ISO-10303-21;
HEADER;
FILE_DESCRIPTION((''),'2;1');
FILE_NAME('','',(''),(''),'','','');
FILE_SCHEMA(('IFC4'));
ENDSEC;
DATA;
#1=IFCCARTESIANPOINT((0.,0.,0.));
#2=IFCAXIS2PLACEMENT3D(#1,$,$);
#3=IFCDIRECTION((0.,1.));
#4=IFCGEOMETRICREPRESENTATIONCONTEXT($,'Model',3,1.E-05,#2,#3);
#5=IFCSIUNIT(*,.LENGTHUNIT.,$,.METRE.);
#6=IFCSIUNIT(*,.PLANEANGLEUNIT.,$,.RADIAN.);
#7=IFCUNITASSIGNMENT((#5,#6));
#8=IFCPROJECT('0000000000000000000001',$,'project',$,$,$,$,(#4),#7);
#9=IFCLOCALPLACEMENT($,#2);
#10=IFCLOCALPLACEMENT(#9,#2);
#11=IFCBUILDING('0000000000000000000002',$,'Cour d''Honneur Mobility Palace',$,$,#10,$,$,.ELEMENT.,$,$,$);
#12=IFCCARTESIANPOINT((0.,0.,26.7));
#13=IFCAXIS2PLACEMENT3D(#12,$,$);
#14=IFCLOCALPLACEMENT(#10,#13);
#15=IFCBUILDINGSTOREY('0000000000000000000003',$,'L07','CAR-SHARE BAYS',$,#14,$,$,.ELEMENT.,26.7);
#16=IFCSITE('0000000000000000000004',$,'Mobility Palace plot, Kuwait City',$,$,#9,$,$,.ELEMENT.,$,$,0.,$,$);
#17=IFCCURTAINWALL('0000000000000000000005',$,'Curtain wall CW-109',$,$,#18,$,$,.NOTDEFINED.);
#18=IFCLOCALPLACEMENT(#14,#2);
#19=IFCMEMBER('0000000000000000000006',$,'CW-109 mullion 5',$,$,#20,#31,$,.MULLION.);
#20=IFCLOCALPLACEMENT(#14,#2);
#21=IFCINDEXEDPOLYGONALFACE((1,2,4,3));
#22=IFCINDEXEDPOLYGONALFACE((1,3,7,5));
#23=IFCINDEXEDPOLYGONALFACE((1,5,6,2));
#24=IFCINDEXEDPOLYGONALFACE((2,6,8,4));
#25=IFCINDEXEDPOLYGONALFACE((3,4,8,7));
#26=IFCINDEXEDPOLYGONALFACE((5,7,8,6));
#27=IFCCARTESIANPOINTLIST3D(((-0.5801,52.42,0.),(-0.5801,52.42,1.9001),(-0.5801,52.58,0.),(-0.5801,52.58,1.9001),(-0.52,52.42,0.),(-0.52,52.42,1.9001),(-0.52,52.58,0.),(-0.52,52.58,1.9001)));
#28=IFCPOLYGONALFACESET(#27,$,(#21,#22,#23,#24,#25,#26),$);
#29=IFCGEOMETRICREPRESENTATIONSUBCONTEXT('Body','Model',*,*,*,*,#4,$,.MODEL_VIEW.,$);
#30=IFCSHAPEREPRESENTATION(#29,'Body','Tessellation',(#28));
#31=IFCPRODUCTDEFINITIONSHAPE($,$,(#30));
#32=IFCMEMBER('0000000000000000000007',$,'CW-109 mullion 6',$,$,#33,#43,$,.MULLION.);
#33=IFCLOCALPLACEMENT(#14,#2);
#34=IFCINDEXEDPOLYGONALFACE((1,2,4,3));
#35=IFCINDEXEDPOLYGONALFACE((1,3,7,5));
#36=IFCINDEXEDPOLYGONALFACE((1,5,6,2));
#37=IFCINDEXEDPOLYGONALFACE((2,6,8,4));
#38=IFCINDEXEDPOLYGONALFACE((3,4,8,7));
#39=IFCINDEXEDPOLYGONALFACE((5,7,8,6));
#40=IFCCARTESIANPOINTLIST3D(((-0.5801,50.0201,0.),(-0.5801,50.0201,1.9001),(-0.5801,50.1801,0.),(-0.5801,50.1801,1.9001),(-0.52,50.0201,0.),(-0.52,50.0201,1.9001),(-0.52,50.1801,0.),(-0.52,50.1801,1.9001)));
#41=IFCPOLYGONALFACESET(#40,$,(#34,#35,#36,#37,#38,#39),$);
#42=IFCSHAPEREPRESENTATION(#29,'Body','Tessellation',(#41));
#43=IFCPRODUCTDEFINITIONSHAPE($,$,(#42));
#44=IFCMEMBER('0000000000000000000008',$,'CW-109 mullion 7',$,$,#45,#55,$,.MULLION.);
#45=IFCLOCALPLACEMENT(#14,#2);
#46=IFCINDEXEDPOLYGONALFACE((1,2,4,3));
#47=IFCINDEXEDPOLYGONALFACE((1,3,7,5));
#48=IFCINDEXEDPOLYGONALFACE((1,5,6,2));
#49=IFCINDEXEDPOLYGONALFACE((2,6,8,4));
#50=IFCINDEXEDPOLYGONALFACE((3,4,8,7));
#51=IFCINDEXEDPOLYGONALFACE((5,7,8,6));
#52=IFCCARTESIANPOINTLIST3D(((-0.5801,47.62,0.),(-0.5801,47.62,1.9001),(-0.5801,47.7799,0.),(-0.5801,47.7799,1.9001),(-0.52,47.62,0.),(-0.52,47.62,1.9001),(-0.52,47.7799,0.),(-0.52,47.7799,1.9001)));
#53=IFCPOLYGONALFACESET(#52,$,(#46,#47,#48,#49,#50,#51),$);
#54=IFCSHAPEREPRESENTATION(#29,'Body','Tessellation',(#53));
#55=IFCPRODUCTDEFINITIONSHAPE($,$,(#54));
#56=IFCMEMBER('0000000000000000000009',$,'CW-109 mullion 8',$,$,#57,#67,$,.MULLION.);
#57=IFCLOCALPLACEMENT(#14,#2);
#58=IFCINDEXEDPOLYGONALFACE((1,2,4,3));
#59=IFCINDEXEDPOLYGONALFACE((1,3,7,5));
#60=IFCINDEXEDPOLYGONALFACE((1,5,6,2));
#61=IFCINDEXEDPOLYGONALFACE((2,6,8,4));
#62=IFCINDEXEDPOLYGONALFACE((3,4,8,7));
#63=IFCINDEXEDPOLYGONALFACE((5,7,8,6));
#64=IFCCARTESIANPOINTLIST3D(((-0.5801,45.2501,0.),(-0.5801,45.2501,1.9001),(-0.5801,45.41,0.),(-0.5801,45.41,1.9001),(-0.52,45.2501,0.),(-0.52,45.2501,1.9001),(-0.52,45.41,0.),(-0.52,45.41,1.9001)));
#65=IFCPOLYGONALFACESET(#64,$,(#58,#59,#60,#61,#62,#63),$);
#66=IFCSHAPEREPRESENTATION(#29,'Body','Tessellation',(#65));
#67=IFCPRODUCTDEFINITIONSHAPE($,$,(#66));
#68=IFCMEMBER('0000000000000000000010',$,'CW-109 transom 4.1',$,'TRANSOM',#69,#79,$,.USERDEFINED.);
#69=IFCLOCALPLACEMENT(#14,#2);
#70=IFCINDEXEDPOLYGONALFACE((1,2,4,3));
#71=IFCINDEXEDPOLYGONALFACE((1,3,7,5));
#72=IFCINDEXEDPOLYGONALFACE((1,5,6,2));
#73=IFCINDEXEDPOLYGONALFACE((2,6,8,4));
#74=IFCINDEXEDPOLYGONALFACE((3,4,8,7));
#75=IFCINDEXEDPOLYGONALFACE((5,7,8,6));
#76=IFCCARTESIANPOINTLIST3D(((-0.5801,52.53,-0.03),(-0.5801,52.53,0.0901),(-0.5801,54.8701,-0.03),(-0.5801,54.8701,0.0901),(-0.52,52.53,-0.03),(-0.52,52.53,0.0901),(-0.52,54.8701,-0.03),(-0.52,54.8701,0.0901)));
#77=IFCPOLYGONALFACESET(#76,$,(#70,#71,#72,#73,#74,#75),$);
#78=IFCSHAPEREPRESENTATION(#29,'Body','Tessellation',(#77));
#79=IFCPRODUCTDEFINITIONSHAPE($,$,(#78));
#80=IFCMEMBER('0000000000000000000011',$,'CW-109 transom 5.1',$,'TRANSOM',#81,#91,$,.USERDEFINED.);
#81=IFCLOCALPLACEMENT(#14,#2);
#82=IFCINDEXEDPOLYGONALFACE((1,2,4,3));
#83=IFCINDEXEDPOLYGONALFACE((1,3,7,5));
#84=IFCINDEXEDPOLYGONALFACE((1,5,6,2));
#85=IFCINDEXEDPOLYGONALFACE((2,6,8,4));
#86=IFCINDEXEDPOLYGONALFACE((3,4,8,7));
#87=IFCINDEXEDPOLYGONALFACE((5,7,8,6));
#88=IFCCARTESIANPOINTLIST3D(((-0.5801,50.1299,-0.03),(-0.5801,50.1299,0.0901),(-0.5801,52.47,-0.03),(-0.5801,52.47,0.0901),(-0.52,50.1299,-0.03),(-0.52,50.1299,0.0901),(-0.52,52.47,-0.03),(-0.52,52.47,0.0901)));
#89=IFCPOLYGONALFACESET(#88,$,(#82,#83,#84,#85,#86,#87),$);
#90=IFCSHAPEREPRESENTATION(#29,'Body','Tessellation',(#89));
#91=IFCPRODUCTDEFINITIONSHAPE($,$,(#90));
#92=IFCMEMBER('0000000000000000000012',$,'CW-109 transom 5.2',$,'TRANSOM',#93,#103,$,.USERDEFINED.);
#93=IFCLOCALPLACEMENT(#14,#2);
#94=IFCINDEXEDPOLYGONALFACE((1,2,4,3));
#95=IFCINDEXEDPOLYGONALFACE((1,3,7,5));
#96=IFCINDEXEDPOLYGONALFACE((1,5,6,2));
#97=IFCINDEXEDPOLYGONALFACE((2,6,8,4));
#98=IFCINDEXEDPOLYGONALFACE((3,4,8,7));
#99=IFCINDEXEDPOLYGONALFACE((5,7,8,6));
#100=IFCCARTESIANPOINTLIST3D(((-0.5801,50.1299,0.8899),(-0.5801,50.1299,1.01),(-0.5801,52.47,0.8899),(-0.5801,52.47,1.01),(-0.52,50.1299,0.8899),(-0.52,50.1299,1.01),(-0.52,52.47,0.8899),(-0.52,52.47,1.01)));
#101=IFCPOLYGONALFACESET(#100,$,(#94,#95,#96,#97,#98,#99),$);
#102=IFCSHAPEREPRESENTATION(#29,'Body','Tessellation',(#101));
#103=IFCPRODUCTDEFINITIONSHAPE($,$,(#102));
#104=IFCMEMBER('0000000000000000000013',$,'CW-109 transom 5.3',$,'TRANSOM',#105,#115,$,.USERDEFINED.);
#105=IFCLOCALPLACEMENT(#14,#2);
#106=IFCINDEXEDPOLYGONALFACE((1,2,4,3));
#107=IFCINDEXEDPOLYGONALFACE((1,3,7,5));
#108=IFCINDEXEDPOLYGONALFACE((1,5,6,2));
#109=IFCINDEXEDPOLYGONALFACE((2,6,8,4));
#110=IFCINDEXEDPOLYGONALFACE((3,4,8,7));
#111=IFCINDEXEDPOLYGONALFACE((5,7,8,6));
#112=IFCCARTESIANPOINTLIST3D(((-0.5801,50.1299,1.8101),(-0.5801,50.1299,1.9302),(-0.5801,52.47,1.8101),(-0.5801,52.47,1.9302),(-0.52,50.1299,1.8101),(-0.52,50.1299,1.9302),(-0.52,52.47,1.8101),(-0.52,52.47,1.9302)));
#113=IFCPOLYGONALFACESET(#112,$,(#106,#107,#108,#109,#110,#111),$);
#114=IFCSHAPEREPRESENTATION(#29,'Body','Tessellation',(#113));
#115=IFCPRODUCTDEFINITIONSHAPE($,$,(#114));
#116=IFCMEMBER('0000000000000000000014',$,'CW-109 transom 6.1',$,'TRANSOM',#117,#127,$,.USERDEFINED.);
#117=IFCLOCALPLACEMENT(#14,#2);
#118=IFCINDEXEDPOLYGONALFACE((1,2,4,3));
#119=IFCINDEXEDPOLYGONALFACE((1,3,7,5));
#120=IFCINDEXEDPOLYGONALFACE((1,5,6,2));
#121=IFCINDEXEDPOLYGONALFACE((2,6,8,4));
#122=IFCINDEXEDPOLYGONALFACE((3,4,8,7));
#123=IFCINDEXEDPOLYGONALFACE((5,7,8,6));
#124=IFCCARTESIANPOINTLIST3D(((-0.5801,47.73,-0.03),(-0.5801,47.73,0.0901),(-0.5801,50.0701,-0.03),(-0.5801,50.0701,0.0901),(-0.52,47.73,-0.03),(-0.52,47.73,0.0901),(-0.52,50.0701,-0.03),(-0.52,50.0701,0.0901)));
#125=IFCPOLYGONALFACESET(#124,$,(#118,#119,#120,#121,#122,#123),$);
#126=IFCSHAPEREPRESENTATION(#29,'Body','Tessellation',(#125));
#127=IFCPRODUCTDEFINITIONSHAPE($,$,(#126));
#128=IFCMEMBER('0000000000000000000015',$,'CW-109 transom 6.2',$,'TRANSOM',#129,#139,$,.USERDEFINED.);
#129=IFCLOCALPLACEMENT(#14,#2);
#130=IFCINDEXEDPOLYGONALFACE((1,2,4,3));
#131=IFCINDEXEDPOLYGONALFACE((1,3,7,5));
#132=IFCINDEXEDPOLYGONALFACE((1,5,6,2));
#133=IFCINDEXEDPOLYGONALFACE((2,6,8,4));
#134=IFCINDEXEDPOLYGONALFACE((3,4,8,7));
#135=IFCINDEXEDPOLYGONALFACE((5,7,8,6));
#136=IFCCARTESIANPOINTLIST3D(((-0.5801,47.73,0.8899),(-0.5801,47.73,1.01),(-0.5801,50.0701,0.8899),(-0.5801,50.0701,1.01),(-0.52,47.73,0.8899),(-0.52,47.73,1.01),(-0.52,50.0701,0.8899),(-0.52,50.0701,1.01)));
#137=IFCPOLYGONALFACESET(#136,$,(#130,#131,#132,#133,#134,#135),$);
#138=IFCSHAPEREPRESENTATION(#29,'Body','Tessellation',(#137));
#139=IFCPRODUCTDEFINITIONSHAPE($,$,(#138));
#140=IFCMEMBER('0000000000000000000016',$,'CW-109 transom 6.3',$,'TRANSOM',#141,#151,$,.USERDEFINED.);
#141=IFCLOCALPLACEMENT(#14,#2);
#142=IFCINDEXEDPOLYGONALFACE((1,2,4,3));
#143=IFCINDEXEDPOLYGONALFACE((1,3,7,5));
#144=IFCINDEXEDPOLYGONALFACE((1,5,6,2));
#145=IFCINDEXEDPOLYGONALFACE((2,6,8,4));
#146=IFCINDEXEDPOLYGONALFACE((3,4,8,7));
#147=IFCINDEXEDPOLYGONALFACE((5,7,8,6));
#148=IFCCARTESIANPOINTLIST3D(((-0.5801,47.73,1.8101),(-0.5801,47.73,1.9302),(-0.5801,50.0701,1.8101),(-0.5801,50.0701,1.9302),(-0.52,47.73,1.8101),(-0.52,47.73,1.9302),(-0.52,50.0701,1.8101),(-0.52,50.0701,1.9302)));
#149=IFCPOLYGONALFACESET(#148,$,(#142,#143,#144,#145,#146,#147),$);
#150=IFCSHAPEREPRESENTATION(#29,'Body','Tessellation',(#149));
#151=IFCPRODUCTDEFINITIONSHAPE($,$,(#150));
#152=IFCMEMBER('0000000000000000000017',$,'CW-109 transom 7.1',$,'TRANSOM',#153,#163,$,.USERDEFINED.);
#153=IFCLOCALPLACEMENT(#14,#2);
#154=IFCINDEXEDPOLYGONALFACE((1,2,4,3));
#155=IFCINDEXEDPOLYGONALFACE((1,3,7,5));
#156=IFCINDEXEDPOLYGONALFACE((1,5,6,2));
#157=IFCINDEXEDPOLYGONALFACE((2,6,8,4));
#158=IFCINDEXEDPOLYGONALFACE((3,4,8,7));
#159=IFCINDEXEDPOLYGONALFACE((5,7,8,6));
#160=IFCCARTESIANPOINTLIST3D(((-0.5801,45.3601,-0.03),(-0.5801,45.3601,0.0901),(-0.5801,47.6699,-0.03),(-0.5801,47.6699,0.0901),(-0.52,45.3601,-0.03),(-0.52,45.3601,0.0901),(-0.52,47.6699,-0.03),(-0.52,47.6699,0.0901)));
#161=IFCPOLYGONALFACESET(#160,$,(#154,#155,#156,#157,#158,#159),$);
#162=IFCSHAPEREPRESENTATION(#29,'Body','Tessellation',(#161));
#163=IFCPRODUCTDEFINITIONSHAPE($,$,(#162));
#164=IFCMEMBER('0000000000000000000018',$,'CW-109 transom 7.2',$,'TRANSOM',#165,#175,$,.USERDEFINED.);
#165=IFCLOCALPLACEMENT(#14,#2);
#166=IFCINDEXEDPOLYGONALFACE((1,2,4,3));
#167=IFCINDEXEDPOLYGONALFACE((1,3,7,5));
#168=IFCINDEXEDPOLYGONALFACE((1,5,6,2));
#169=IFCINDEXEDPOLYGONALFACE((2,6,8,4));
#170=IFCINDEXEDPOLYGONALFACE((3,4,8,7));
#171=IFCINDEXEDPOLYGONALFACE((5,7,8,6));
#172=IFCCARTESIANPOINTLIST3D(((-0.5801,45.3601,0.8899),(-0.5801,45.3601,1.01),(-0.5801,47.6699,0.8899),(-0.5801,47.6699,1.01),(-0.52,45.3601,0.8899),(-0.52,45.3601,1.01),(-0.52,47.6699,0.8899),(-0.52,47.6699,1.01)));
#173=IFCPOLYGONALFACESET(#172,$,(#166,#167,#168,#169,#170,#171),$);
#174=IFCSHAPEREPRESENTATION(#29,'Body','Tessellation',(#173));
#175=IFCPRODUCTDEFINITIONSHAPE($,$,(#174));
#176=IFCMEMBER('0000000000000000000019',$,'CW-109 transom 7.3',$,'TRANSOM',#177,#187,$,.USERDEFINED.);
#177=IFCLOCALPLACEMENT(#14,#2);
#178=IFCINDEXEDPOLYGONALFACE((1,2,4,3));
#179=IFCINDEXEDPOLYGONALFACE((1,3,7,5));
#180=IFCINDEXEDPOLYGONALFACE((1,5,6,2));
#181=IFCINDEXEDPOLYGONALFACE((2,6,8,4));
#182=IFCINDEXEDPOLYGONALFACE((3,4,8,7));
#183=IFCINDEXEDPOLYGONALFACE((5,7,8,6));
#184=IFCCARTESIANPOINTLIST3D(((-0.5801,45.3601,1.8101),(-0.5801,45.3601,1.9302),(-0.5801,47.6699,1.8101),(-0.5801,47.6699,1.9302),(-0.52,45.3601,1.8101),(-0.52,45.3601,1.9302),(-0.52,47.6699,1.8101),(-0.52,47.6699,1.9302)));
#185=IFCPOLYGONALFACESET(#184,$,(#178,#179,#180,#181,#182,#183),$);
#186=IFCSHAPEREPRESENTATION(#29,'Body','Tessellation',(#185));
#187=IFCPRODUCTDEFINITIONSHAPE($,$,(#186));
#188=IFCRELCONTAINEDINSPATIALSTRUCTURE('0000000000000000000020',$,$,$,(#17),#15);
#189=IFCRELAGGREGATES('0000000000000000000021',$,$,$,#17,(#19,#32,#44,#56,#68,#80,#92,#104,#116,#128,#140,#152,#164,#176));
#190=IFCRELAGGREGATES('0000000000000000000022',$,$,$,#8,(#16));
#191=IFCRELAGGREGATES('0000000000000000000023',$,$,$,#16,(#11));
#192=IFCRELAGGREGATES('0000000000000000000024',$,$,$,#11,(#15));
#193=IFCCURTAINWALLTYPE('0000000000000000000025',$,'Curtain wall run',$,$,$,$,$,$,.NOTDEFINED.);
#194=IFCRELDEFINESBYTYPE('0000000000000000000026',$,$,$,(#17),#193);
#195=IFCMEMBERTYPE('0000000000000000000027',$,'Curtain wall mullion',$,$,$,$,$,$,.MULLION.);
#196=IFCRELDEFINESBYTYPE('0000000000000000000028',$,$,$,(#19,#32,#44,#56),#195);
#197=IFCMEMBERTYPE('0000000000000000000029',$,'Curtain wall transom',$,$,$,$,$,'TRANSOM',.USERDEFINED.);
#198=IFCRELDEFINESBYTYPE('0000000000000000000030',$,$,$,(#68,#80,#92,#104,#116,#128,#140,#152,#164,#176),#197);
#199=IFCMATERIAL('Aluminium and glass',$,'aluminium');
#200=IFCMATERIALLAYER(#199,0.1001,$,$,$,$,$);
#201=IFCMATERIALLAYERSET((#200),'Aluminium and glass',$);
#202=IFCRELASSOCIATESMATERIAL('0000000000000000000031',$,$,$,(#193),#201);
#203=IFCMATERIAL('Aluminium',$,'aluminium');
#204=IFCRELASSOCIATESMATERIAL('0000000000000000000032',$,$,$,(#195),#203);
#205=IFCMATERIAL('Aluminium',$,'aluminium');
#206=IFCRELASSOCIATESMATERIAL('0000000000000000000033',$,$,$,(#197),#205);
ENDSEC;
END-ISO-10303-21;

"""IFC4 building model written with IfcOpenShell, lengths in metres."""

from ifc_helpers import new_model, si_unit, direction, frame, origin, origin_2d, place, context, subcontext, project, spatial, rectangle, extrude, material, layer, layer_set, material_profile, profile_set, type_object, element, aggregate, save


model = new_model("IFC4")

# Units and contexts
model_context = context("Model", 3, precision=1e-05, world=origin(), true_north=direction((0.0, 1.0)))
body_context = subcontext(model_context, "Body", "Model", "MODEL_VIEW")
ifc_project = project(units=[si_unit("LENGTHUNIT", "METRE"), si_unit("PLANEANGLEUNIT", "RADIAN")], contexts=[model_context])

# Site, building, storey
site_placement = place(None, origin())
site = spatial("IfcSite", under=ifc_project, at=site_placement, Name="Mobility Palace plot, Kuwait City", CompositionType="ELEMENT", RefElevation=0.0)
building_placement = place(site_placement, origin())
building = spatial("IfcBuilding", under=site, at=building_placement, Name="Cour d'Honneur Mobility Palace", CompositionType="ELEMENT")
storey_placement = place(building_placement, frame((0.0, 0.0, 26.7)))
storey = spatial("IfcBuildingStorey", under=building, at=storey_placement, Name="L07", Description="CAR-SHARE BAYS", CompositionType="ELEMENT", Elevation=26.7)

# Curtain wall, members
ifc_material_1 = material(Name="Aluminium and glass", Category="aluminium")
ifc_layer_1 = layer(ifc_material_1, 0.1001)
ifc_layer_set_1 = layer_set([ifc_layer_1], Name="Aluminium and glass")
curtain_wall_type = type_object("IfcCurtainWallType", Name="Curtain wall run", PredefinedType="NOTDEFINED", material=ifc_layer_set_1)
curtain_wall_placement = place(storey_placement, origin())
curtain_wall = element("IfcCurtainWall", 1, at=curtain_wall_placement, inside=storey, type_object=curtain_wall_type, Name="Curtain wall CW-109", PredefinedType="NOTDEFINED")
ifc_material_2 = material(Name="Aluminium", Category="aluminium")
ifc_material_profile_1 = material_profile(ifc_material_2, rectangle(XDim=0.0601, YDim=0.1599, at=origin_2d()), Name="Curtain wall mullion")
ifc_profile_set_1 = profile_set([ifc_material_profile_1], Name="Aluminium")
member_type_1 = type_object("IfcMemberType", Name="Curtain wall mullion", PredefinedType="MULLION", material=ifc_profile_set_1)
member_1_placement = place(storey_placement, frame((-0.55, 52.5, 0.0), z_axis=(0.0, 0.0, 1.0), x_axis=(1.0, 0.0, 0.0)))
member_1 = element("IfcMember", 2, at=member_1_placement, type_object=member_type_1, Name="CW-109 mullion 5", PredefinedType="MULLION", context=body_context, shape_type="SweptSolid", body=[
    extrude(rectangle(XDim=0.0601, YDim=0.1599, at=origin_2d()), origin(), (0.0, 0.0, 1.0), 1.9001),
])
member_2_placement = place(storey_placement, frame((-0.55, 50.1001, 0.0), z_axis=(0.0, 0.0, 1.0), x_axis=(1.0, 0.0, 0.0)))
member_2 = element("IfcMember", 3, at=member_2_placement, type_object=member_type_1, Name="CW-109 mullion 6", PredefinedType="MULLION", context=body_context, shape_type="SweptSolid", body=[
    extrude(rectangle(XDim=0.0601, YDim=0.1599, at=origin_2d()), origin(), (0.0, 0.0, 1.0), 1.9001),
])
member_3_placement = place(storey_placement, frame((-0.55, 47.7, 0.0), z_axis=(0.0, 0.0, 1.0), x_axis=(1.0, 0.0, 0.0)))
member_3 = element("IfcMember", 4, at=member_3_placement, type_object=member_type_1, Name="CW-109 mullion 7", PredefinedType="MULLION", context=body_context, shape_type="SweptSolid", body=[
    extrude(rectangle(XDim=0.0601, YDim=0.1599, at=origin_2d()), origin(), (0.0, 0.0, 1.0), 1.9001),
])
member_4_placement = place(storey_placement, frame((-0.55, 45.3301, 0.0), z_axis=(0.0, 0.0, 1.0), x_axis=(1.0, 0.0, 0.0)))
member_4 = element("IfcMember", 5, at=member_4_placement, type_object=member_type_1, Name="CW-109 mullion 8", PredefinedType="MULLION", context=body_context, shape_type="SweptSolid", body=[
    extrude(rectangle(XDim=0.0601, YDim=0.1599, at=origin_2d()), origin(), (0.0, 0.0, 1.0), 1.9001),
])
ifc_material_3 = material(Name="Aluminium", Category="aluminium")
ifc_material_profile_2 = material_profile(ifc_material_3, rectangle(XDim=0.0601, YDim=0.1201, at=origin_2d()), Name="Curtain wall transom")
ifc_profile_set_2 = profile_set([ifc_material_profile_2], Name="Aluminium")
member_type_2 = type_object("IfcMemberType", Name="Curtain wall transom", ElementType="TRANSOM", PredefinedType="USERDEFINED", material=ifc_profile_set_2)
member_5_placement = place(storey_placement, frame((-0.55, 54.8701, 0.03), z_axis=(0.0, -1.0, 0.0), x_axis=(1.0, 0.0, 0.0)))
member_5 = element("IfcMember", 6, at=member_5_placement, type_object=member_type_2, Name="CW-109 transom 4.1", ObjectType="TRANSOM", PredefinedType="USERDEFINED", context=body_context, shape_type="SweptSolid", body=[
    extrude(rectangle(XDim=0.0601, YDim=0.1201, at=origin_2d()), origin(), (0.0, 0.0, 1.0), 2.3401),
])
member_6_placement = place(storey_placement, frame((-0.55, 52.47, 0.03), z_axis=(0.0, -1.0, 0.0), x_axis=(1.0, 0.0, 0.0)))
member_6 = element("IfcMember", 7, at=member_6_placement, type_object=member_type_2, Name="CW-109 transom 5.1", ObjectType="TRANSOM", PredefinedType="USERDEFINED", context=body_context, shape_type="SweptSolid", body=[
    extrude(rectangle(XDim=0.0601, YDim=0.1201, at=origin_2d()), origin(), (0.0, 0.0, 1.0), 2.3401),
])
member_7_placement = place(storey_placement, frame((-0.55, 52.47, 0.95), z_axis=(0.0, -1.0, 0.0), x_axis=(1.0, 0.0, 0.0)))
member_7 = element("IfcMember", 8, at=member_7_placement, type_object=member_type_2, Name="CW-109 transom 5.2", ObjectType="TRANSOM", PredefinedType="USERDEFINED", context=body_context, shape_type="SweptSolid", body=[
    extrude(rectangle(XDim=0.0601, YDim=0.1201, at=origin_2d()), origin(), (0.0, 0.0, 1.0), 2.3401),
])
member_8_placement = place(storey_placement, frame((-0.55, 52.47, 1.8701), z_axis=(0.0, -1.0, 0.0), x_axis=(1.0, 0.0, 0.0)))
member_8 = element("IfcMember", 9, at=member_8_placement, type_object=member_type_2, Name="CW-109 transom 5.3", ObjectType="TRANSOM", PredefinedType="USERDEFINED", context=body_context, shape_type="SweptSolid", body=[
    extrude(rectangle(XDim=0.0601, YDim=0.1201, at=origin_2d()), origin(), (0.0, 0.0, 1.0), 2.3401),
])
member_9_placement = place(storey_placement, frame((-0.55, 50.0701, 0.03), z_axis=(0.0, -1.0, 0.0), x_axis=(1.0, 0.0, 0.0)))
member_9 = element("IfcMember", 10, at=member_9_placement, type_object=member_type_2, Name="CW-109 transom 6.1", ObjectType="TRANSOM", PredefinedType="USERDEFINED", context=body_context, shape_type="SweptSolid", body=[
    extrude(rectangle(XDim=0.0601, YDim=0.1201, at=origin_2d()), origin(), (0.0, 0.0, 1.0), 2.3401),
])
member_10_placement = place(storey_placement, frame((-0.55, 50.0701, 0.95), z_axis=(0.0, -1.0, 0.0), x_axis=(1.0, 0.0, 0.0)))
member_10 = element("IfcMember", 11, at=member_10_placement, type_object=member_type_2, Name="CW-109 transom 6.2", ObjectType="TRANSOM", PredefinedType="USERDEFINED", context=body_context, shape_type="SweptSolid", body=[
    extrude(rectangle(XDim=0.0601, YDim=0.1201, at=origin_2d()), origin(), (0.0, 0.0, 1.0), 2.3401),
])
member_11_placement = place(storey_placement, frame((-0.55, 50.0701, 1.8701), z_axis=(0.0, -1.0, 0.0), x_axis=(1.0, 0.0, 0.0)))
member_11 = element("IfcMember", 12, at=member_11_placement, type_object=member_type_2, Name="CW-109 transom 6.3", ObjectType="TRANSOM", PredefinedType="USERDEFINED", context=body_context, shape_type="SweptSolid", body=[
    extrude(rectangle(XDim=0.0601, YDim=0.1201, at=origin_2d()), origin(), (0.0, 0.0, 1.0), 2.3401),
])
member_12_placement = place(storey_placement, frame((-0.55, 47.6699, 0.03), z_axis=(0.0, -1.0, 0.0), x_axis=(1.0, 0.0, 0.0)))
member_12 = element("IfcMember", 13, at=member_12_placement, type_object=member_type_2, Name="CW-109 transom 7.1", ObjectType="TRANSOM", PredefinedType="USERDEFINED", context=body_context, shape_type="SweptSolid", body=[
    extrude(rectangle(XDim=0.0601, YDim=0.1201, at=origin_2d()), origin(), (0.0, 0.0, 1.0), 2.3098),
])
member_13_placement = place(storey_placement, frame((-0.55, 47.6699, 0.95), z_axis=(0.0, -1.0, 0.0), x_axis=(1.0, 0.0, 0.0)))
member_13 = element("IfcMember", 14, at=member_13_placement, type_object=member_type_2, Name="CW-109 transom 7.2", ObjectType="TRANSOM", PredefinedType="USERDEFINED", context=body_context, shape_type="SweptSolid", body=[
    extrude(rectangle(XDim=0.0601, YDim=0.1201, at=origin_2d()), origin(), (0.0, 0.0, 1.0), 2.3098),
])
member_14_placement = place(storey_placement, frame((-0.55, 47.6699, 1.8701), z_axis=(0.0, -1.0, 0.0), x_axis=(1.0, 0.0, 0.0)))
member_14 = element("IfcMember", 15, at=member_14_placement, type_object=member_type_2, Name="CW-109 transom 7.3", ObjectType="TRANSOM", PredefinedType="USERDEFINED", context=body_context, shape_type="SweptSolid", body=[
    extrude(rectangle(XDim=0.0601, YDim=0.1201, at=origin_2d()), origin(), (0.0, 0.0, 1.0), 2.3098),
])

aggregate(curtain_wall, [member_1, member_2, member_3, member_4, member_5, member_6, member_7, member_8, member_9, member_10, member_11, member_12, member_13, member_14])

save(model, "model.ifc")
